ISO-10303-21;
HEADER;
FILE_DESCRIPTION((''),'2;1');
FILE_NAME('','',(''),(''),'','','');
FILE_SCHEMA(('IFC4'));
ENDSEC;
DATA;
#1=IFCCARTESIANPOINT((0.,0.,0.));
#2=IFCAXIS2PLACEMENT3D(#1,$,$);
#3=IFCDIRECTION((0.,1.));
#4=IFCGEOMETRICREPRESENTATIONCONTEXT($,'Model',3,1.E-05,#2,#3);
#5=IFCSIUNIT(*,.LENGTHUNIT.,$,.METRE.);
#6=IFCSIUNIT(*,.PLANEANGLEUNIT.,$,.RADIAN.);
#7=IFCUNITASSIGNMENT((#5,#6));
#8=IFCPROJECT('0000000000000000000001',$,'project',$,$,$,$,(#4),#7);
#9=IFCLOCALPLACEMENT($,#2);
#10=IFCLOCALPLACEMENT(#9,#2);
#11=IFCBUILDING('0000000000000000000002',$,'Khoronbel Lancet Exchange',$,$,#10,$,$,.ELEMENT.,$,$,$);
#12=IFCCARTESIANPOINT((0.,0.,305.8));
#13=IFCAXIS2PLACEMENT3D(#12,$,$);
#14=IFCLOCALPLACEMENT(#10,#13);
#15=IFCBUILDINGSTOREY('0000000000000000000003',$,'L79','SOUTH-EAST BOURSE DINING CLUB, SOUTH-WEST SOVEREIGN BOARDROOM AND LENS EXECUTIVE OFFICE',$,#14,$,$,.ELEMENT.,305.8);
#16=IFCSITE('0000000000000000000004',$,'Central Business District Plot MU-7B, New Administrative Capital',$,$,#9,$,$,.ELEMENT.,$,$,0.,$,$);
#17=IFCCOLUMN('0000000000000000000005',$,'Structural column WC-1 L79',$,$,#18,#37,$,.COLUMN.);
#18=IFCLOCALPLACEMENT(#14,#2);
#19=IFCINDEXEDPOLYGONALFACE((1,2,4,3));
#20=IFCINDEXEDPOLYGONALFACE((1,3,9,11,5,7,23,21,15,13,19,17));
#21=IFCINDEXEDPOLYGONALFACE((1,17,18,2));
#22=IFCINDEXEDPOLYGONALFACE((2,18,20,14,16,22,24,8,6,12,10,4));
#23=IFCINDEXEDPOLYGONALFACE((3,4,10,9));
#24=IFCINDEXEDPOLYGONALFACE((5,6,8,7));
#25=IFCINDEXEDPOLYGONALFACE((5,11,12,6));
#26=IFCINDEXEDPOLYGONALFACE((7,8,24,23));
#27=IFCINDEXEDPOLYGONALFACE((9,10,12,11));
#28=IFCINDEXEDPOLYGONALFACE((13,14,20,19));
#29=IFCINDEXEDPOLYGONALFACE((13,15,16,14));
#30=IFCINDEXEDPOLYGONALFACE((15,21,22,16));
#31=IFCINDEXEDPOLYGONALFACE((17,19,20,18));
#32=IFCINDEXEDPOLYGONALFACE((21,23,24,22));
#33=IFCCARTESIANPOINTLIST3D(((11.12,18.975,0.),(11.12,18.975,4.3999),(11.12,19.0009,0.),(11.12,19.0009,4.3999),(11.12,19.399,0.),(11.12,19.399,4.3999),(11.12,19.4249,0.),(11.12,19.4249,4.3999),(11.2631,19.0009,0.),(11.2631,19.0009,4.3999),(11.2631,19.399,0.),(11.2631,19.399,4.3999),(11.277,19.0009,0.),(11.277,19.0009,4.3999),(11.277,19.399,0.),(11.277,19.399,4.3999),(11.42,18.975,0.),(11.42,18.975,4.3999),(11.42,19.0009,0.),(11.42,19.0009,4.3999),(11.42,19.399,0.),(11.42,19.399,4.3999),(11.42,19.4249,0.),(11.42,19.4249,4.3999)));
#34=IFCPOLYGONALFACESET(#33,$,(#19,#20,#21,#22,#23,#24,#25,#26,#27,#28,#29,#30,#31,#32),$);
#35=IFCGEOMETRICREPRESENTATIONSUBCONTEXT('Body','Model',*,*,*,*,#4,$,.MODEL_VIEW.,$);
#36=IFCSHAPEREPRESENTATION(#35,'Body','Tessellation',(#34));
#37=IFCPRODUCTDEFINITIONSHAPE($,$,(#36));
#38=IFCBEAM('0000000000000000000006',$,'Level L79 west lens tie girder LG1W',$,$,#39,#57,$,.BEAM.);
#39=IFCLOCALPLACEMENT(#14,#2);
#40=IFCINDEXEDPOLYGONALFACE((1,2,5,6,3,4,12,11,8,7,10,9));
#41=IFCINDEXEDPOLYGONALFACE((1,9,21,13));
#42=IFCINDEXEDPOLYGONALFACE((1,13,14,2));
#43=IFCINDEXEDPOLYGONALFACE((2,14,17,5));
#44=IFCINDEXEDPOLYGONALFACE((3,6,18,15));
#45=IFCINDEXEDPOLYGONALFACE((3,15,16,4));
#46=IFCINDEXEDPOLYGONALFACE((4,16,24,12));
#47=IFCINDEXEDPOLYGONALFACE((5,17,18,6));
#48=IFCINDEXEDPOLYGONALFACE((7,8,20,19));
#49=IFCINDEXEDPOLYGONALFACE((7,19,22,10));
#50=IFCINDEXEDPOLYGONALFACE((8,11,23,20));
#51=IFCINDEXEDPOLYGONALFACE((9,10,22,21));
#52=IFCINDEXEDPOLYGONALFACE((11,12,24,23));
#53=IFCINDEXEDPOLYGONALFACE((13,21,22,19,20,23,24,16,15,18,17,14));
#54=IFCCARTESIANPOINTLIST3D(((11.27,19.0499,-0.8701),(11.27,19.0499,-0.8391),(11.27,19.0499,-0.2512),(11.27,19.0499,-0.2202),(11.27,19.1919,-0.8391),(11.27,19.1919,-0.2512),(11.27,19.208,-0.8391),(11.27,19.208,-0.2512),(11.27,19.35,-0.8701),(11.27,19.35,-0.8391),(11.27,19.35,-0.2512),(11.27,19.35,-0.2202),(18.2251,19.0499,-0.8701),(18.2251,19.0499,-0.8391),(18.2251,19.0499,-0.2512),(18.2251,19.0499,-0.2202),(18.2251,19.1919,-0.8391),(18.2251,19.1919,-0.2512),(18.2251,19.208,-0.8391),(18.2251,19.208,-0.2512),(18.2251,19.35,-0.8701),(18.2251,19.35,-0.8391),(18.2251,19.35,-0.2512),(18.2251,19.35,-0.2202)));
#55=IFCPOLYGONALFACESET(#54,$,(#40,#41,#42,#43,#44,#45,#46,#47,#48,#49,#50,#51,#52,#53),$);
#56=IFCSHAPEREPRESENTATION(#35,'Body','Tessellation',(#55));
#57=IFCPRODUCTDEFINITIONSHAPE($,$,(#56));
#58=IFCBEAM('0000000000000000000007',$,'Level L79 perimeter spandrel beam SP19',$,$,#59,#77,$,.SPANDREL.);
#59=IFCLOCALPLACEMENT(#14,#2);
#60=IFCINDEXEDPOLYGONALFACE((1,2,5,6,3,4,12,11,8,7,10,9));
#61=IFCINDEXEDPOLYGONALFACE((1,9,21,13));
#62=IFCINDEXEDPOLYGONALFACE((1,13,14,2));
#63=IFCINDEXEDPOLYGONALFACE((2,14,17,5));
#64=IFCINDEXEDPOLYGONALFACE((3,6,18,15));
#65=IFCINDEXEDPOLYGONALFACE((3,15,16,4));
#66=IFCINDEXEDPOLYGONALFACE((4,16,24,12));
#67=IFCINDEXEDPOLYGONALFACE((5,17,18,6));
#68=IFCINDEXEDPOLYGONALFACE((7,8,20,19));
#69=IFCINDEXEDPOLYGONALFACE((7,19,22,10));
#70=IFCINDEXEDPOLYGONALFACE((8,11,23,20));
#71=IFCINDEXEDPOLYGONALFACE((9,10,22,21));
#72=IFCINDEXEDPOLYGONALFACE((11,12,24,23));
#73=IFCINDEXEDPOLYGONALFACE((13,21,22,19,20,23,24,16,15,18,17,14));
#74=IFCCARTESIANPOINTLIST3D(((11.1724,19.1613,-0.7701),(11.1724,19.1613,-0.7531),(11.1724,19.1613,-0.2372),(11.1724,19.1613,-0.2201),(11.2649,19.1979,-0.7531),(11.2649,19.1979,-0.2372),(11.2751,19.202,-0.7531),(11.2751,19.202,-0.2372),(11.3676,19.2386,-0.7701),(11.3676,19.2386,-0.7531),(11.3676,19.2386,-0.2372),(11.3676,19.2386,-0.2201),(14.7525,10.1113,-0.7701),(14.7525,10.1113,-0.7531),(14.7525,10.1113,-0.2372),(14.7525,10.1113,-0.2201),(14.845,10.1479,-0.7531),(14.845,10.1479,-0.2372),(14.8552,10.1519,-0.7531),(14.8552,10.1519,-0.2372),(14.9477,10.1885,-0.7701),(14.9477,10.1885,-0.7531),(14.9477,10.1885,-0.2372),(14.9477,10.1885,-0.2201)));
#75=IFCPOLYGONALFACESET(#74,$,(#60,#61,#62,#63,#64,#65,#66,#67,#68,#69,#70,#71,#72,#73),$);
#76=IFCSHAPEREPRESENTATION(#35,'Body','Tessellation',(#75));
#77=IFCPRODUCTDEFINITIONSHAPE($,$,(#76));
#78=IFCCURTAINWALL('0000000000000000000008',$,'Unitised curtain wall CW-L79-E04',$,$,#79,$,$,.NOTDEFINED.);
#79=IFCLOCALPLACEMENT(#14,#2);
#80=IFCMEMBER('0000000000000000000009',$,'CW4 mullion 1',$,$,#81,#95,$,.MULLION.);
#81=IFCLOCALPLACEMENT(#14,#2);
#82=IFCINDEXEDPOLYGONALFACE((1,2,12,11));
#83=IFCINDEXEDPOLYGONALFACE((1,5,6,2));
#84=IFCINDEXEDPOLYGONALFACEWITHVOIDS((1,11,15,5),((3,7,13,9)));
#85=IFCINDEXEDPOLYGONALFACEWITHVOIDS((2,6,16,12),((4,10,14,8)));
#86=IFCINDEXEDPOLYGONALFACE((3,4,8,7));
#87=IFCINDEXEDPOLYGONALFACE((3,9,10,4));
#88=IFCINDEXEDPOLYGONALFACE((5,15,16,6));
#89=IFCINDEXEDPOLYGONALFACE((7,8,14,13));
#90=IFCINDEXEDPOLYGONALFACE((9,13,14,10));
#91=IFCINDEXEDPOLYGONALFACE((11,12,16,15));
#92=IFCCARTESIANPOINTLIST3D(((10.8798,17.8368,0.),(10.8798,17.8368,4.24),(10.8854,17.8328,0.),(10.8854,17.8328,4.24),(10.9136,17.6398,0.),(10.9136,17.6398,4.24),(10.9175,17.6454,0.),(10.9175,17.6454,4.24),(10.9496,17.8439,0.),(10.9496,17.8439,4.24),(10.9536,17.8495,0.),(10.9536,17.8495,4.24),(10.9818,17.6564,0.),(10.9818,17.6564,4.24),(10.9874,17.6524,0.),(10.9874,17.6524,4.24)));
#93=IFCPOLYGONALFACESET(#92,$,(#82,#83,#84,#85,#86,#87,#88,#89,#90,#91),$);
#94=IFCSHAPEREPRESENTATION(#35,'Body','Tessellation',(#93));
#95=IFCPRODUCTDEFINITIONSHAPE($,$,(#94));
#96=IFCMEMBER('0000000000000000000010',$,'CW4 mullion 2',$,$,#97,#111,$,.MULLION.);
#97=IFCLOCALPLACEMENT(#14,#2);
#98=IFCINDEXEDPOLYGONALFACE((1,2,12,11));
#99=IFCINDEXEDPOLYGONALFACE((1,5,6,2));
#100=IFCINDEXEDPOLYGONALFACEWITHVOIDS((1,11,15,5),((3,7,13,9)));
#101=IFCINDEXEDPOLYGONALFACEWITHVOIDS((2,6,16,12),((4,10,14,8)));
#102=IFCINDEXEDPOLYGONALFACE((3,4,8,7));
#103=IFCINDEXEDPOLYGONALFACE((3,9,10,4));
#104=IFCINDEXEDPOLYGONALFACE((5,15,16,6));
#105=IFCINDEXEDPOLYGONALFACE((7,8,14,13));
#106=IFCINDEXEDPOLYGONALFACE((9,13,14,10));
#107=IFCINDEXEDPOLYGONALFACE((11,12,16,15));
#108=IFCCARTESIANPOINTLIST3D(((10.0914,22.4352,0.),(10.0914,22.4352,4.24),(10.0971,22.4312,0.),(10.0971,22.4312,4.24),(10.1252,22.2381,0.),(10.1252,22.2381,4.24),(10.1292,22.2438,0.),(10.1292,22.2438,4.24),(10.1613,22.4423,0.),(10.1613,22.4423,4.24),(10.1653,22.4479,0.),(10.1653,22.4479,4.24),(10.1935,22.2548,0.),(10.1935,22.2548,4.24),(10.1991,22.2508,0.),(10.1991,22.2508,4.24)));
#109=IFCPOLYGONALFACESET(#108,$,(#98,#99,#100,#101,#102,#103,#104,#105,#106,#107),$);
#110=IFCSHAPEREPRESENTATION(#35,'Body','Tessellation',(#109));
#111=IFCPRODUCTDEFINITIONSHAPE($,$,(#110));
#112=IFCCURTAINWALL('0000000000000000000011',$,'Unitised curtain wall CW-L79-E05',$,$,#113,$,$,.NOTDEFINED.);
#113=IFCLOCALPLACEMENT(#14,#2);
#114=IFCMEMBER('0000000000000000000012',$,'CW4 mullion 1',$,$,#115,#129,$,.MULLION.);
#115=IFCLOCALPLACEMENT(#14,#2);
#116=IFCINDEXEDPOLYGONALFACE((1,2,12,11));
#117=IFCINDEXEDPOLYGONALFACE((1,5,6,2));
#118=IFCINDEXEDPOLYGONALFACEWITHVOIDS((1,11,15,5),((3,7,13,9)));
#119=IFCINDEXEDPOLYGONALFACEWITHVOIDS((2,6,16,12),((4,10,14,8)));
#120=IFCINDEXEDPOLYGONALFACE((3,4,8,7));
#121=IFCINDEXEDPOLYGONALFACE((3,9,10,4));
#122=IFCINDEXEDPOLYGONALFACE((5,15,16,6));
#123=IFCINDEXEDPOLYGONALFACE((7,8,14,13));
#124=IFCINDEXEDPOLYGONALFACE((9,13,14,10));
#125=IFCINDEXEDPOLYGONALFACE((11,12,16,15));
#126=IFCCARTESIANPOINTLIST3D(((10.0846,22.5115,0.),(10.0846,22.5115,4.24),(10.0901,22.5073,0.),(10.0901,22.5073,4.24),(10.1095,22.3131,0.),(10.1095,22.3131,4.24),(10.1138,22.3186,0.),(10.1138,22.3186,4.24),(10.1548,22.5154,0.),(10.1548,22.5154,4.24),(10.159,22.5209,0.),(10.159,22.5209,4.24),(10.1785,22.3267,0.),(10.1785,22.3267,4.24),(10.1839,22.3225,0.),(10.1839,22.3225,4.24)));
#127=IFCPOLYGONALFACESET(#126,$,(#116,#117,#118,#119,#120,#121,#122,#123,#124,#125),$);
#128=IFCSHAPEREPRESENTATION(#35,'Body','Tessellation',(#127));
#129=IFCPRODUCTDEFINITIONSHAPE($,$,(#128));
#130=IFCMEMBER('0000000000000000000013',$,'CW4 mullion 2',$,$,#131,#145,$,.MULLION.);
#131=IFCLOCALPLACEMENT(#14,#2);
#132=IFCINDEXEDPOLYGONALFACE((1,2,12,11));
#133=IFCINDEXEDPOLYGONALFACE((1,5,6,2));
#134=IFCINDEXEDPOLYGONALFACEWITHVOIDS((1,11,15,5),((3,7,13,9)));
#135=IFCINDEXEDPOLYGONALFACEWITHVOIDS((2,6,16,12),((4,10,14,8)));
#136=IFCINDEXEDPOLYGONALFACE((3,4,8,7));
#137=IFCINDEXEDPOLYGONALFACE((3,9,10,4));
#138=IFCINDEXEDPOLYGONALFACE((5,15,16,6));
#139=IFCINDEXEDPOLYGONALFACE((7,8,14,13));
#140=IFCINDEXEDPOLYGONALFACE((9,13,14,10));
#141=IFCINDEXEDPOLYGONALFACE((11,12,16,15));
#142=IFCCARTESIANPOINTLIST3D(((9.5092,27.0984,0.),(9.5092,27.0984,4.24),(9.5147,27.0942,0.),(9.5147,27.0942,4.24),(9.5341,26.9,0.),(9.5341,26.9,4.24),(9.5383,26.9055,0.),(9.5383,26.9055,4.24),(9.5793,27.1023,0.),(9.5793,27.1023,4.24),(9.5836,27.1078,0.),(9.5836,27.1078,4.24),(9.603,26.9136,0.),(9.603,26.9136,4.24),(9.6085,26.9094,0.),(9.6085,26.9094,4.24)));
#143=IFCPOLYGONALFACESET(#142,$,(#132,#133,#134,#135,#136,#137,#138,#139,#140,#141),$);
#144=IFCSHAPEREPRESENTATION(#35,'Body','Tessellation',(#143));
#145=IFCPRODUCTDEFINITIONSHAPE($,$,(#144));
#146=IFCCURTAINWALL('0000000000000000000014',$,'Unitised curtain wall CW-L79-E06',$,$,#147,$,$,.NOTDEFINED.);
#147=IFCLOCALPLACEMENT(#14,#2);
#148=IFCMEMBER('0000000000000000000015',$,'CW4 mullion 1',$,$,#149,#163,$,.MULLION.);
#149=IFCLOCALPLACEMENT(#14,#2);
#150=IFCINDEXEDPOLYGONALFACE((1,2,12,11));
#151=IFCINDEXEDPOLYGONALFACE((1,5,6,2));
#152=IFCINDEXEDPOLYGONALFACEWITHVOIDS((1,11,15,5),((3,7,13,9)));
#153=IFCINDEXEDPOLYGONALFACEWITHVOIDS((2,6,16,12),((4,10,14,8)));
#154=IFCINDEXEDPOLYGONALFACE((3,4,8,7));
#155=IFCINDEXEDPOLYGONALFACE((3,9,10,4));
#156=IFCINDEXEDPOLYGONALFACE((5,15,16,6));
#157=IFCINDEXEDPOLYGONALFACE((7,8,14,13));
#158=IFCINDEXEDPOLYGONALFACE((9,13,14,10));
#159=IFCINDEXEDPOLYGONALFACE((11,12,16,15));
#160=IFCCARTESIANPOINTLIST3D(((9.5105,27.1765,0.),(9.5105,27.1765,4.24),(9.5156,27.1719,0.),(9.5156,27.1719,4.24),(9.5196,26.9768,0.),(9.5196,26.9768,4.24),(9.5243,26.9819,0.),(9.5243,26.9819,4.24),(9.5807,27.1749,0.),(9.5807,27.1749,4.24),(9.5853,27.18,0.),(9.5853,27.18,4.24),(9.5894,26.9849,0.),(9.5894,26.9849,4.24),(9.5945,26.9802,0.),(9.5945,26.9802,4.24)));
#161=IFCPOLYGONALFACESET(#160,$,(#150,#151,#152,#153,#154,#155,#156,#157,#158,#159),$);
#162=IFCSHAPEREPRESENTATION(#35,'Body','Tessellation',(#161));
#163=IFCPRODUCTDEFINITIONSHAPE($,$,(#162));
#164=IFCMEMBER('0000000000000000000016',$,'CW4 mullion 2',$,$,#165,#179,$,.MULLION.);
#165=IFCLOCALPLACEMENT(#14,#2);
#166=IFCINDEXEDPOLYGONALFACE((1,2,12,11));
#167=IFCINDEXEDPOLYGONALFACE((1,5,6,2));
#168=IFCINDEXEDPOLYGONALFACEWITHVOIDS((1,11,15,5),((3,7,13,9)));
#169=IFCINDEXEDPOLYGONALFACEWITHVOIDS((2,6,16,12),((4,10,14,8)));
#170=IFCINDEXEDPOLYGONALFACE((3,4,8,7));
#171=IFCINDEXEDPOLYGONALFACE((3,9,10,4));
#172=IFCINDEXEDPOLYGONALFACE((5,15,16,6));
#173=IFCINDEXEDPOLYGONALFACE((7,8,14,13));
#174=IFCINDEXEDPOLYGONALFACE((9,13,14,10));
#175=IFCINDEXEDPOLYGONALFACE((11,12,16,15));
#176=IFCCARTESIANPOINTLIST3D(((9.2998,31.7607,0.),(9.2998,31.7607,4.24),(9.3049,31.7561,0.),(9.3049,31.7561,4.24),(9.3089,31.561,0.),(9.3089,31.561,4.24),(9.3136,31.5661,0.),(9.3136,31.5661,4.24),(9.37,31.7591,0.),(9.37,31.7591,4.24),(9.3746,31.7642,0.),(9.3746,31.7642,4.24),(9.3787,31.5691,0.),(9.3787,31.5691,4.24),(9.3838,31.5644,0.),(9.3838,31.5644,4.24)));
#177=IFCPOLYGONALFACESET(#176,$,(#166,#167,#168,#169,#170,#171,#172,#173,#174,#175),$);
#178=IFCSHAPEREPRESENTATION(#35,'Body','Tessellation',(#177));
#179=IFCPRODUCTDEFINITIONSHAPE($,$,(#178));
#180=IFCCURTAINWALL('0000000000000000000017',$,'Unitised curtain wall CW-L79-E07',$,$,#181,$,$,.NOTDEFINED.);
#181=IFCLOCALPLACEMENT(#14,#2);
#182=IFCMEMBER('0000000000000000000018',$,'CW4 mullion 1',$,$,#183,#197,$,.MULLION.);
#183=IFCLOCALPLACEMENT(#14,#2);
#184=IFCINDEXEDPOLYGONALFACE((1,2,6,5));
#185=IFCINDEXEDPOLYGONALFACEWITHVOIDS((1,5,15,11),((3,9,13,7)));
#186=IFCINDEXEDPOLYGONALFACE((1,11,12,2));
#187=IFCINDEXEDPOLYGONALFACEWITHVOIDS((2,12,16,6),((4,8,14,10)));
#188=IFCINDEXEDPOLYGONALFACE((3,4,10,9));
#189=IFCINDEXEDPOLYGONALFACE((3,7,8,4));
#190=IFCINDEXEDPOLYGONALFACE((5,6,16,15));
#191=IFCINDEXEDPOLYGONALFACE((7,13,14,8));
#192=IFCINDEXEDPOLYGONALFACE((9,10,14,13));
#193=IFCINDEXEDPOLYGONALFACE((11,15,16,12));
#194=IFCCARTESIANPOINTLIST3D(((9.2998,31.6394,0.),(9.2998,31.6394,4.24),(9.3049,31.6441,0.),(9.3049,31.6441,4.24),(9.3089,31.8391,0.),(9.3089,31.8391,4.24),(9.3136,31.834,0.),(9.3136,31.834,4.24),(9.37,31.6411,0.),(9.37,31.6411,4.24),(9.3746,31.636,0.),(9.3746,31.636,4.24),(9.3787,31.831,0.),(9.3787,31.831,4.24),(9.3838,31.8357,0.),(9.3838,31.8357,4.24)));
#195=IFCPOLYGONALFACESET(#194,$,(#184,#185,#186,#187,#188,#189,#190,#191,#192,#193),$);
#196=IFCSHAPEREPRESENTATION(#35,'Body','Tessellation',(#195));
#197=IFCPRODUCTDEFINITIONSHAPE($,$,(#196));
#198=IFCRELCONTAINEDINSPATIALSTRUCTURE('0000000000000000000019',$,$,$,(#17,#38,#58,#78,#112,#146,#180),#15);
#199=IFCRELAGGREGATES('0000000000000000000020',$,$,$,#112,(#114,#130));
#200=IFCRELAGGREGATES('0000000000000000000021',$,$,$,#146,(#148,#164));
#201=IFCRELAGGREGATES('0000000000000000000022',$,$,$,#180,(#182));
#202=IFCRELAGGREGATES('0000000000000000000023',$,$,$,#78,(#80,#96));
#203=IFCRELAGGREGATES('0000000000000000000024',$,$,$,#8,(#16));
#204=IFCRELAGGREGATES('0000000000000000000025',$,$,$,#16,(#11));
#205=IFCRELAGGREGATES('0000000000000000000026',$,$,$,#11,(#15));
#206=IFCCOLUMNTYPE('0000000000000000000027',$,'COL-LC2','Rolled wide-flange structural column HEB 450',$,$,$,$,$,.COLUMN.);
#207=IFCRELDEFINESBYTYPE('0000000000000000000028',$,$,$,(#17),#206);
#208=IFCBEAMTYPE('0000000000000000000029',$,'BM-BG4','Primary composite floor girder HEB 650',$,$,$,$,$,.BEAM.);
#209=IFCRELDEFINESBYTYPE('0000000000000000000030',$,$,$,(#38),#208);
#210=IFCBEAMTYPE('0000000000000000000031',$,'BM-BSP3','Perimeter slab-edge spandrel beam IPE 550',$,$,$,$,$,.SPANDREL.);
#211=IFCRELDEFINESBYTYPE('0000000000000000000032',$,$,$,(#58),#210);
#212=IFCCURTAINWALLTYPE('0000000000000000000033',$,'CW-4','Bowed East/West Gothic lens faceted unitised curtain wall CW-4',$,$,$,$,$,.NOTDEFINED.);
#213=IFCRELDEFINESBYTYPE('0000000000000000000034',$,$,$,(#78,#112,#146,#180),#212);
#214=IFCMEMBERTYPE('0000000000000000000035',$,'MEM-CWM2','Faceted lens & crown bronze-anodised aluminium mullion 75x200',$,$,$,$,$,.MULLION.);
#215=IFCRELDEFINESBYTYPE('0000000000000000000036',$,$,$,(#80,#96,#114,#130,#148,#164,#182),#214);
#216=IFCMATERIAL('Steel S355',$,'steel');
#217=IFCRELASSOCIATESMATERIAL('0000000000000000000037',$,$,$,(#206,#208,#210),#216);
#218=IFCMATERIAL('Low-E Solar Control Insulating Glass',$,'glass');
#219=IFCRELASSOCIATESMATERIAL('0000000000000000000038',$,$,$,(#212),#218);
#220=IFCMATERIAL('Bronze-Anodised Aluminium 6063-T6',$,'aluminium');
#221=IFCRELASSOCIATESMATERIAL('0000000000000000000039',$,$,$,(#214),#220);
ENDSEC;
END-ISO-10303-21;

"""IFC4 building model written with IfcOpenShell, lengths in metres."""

from ifc_helpers import new_model, si_unit, direction, frame, origin, origin_2d, place, context, subcontext, project, spatial, hollow_rectangle, i_section, extrude, material, material_profile, profile_set, type_object, element, aggregate, save


model = new_model("IFC4")

# Units and contexts
model_context = context("Model", 3, precision=1e-05, world=origin(), true_north=direction((0.0, 1.0)))
body_context = subcontext(model_context, "Body", "Model", "MODEL_VIEW")
ifc_project = project(units=[si_unit("LENGTHUNIT", "METRE"), si_unit("PLANEANGLEUNIT", "RADIAN")], contexts=[model_context])

# Site, building, storey
site_placement = place(None, origin())
site = spatial("IfcSite", under=ifc_project, at=site_placement, Name="Central Business District Plot MU-7B, New Administrative Capital", CompositionType="ELEMENT", RefElevation=0.0)
building_placement = place(site_placement, origin())
building = spatial("IfcBuilding", under=site, at=building_placement, Name="Khoronbel Lancet Exchange", CompositionType="ELEMENT")
storey_placement = place(building_placement, frame((0.0, 0.0, 305.8)))
storey = spatial("IfcBuildingStorey", under=building, at=storey_placement, Name="L79", Description="SOUTH-EAST BOURSE DINING CLUB, SOUTH-WEST SOVEREIGN BOARDROOM AND LENS EXECUTIVE OFFICE", CompositionType="ELEMENT", Elevation=305.8)

# Column
ifc_material_1 = material(Name="Steel S355", Category="steel")
ifc_material_profile_1 = material_profile(ifc_material_1, i_section(OverallWidth=0.3, OverallDepth=0.45, WebThickness=0.0139, FlangeThickness=0.0259, at=origin_2d()), Name="HEB 450")
ifc_profile_set_1 = profile_set([ifc_material_profile_1], Name="Steel S355")
column_type = type_object("IfcColumnType", Name="COL-LC2", Description="Rolled wide-flange structural column HEB 450", PredefinedType="COLUMN", material=ifc_profile_set_1)
column_placement = place(storey_placement, frame((11.27, 19.2, 0.0), z_axis=(0.0, 0.0, 1.0), x_axis=(1.0, 0.0, 0.0)))
element("IfcColumn", 1, at=column_placement, inside=storey, type_object=column_type, Name="Structural column WC-1 L79", PredefinedType="COLUMN", context=body_context, shape_type="SweptSolid", body=[
    extrude(i_section(OverallWidth=0.3, OverallDepth=0.45, WebThickness=0.0139, FlangeThickness=0.0259, at=origin_2d()), origin(), (0.0, 0.0, 1.0), 4.3999),
])

# Beams
ifc_material_profile_2 = material_profile(ifc_material_1, i_section(OverallWidth=0.3, OverallDepth=0.6499, WebThickness=0.0161, FlangeThickness=0.031, at=origin_2d()), Name="HEB 650")
ifc_profile_set_2 = profile_set([ifc_material_profile_2], Name="Steel S355")
beam_type_1 = type_object("IfcBeamType", Name="BM-BG4", Description="Primary composite floor girder HEB 650", PredefinedType="BEAM", material=ifc_profile_set_2)
beam_1_placement = place(storey_placement, frame((11.27, 19.2, -0.5452), z_axis=(1.0, 0.0, 0.0), x_axis=(0.0, 1.0, 0.0)))
element("IfcBeam", 2, at=beam_1_placement, inside=storey, type_object=beam_type_1, Name="Level L79 west lens tie girder LG1W", PredefinedType="BEAM", context=body_context, shape_type="SweptSolid", body=[
    extrude(i_section(OverallWidth=0.3, OverallDepth=0.6499, WebThickness=0.0161, FlangeThickness=0.031, at=origin_2d()), origin(), (0.0, 0.0, 1.0), 6.9551),
])
ifc_material_profile_3 = material_profile(ifc_material_1, i_section(OverallWidth=0.21, OverallDepth=0.55, WebThickness=0.011, FlangeThickness=0.0171, at=origin_2d()), Name="IPE 550")
ifc_profile_set_3 = profile_set([ifc_material_profile_3], Name="Steel S355")
beam_type_2 = type_object("IfcBeamType", Name="BM-BSP3", Description="Perimeter slab-edge spandrel beam IPE 550", PredefinedType="SPANDREL", material=ifc_profile_set_3)
beam_2_placement = place(storey_placement, frame((11.27, 19.2, -0.4951), z_axis=(0.36785, -0.929885, 0.0), x_axis=(0.929885, 0.36785, 0.0)))
element("IfcBeam", 3, at=beam_2_placement, inside=storey, type_object=beam_type_2, Name="Level L79 perimeter spandrel beam SP19", PredefinedType="SPANDREL", context=body_context, shape_type="SweptSolid", body=[
    extrude(i_section(OverallWidth=0.21, OverallDepth=0.55, WebThickness=0.011, FlangeThickness=0.0171, at=origin_2d()), origin(), (0.0, 0.0, 1.0), 9.7324),
])

# Curtain walls, members
ifc_material_2 = material(Name="Low-E Solar Control Insulating Glass", Category="glass")
curtain_wall_type = type_object("IfcCurtainWallType", Name="CW-4", Description="Bowed East/West Gothic lens faceted unitised curtain wall CW-4", PredefinedType="NOTDEFINED", material=ifc_material_2)
curtain_wall_1_placement = place(storey_placement, origin())
curtain_wall_1 = element("IfcCurtainWall", 4, at=curtain_wall_1_placement, inside=storey, type_object=curtain_wall_type, Name="Unitised curtain wall CW-L79-E04", PredefinedType="NOTDEFINED")
ifc_material_3 = material(Name="Bronze-Anodised Aluminium 6063-T6", Category="aluminium")
ifc_material_profile_4 = material_profile(ifc_material_3, hollow_rectangle(XDim=0.075, YDim=0.2, WallThickness=0.0049, at=origin_2d()), Name="ALU MULLION 75x200")
ifc_profile_set_4 = profile_set([ifc_material_profile_4], Name="Bronze-Anodised Aluminium 6063-T6")
member_type_1 = type_object("IfcMemberType", Name="MEM-CWM2", Description="Faceted lens & crown bronze-anodised aluminium mullion 75x200", PredefinedType="MULLION", material=ifc_profile_set_4)
member_1_placement = place(storey_placement, frame((10.9336, 17.7446, 0.0), z_axis=(0.0, 0.0, 1.0), x_axis=(-0.98562, -0.168974, 0.0)))
member_1 = element("IfcMember", 5, at=member_1_placement, type_object=member_type_1, Name="CW4 mullion 1", PredefinedType="MULLION", context=body_context, shape_type="SweptSolid", body=[
    extrude(hollow_rectangle(XDim=0.075, YDim=0.2, WallThickness=0.0049, at=origin_2d()), origin(), (0.0, 0.0, 1.0), 4.24),
])
member_2_placement = place(storey_placement, frame((10.1453, 22.343, 0.0), z_axis=(0.0, 0.0, 1.0), x_axis=(-0.98562, -0.168974, 0.0)))
member_2 = element("IfcMember", 6, at=member_2_placement, type_object=member_type_1, Name="CW4 mullion 2", PredefinedType="MULLION", context=body_context, shape_type="SweptSolid", body=[
    extrude(hollow_rectangle(XDim=0.075, YDim=0.2, WallThickness=0.0049, at=origin_2d()), origin(), (0.0, 0.0, 1.0), 4.24),
])
curtain_wall_2_placement = place(storey_placement, origin())
curtain_wall_2 = element("IfcCurtainWall", 7, at=curtain_wall_2_placement, inside=storey, type_object=curtain_wall_type, Name="Unitised curtain wall CW-L79-E05", PredefinedType="NOTDEFINED")
member_3_placement = place(storey_placement, frame((10.1343, 22.417, 0.0), z_axis=(0.0, 0.0, 1.0), x_axis=(-0.992218, -0.124509, 0.0)))
member_3 = element("IfcMember", 8, at=member_3_placement, type_object=member_type_1, Name="CW4 mullion 1", PredefinedType="MULLION", context=body_context, shape_type="SweptSolid", body=[
    extrude(hollow_rectangle(XDim=0.075, YDim=0.2, WallThickness=0.0049, at=origin_2d()), origin(), (0.0, 0.0, 1.0), 4.24),
])
member_4_placement = place(storey_placement, frame((9.5588, 27.0039, 0.0), z_axis=(0.0, 0.0, 1.0), x_axis=(-0.992218, -0.124509, 0.0)))
member_4 = element("IfcMember", 9, at=member_4_placement, type_object=member_type_1, Name="CW4 mullion 2", PredefinedType="MULLION", context=body_context, shape_type="SweptSolid", body=[
    extrude(hollow_rectangle(XDim=0.075, YDim=0.2, WallThickness=0.0049, at=origin_2d()), origin(), (0.0, 0.0, 1.0), 4.24),
])
curtain_wall_3_placement = place(storey_placement, origin())
curtain_wall_3 = element("IfcCurtainWall", 10, at=curtain_wall_3_placement, inside=storey, type_object=curtain_wall_type, Name="Unitised curtain wall CW-L79-E06", PredefinedType="NOTDEFINED")
member_5_placement = place(storey_placement, frame((9.5525, 27.0784, 0.0), z_axis=(0.0, 0.0, 1.0), x_axis=(-0.998947, -0.045884, 0.0)))
member_5 = element("IfcMember", 11, at=member_5_placement, type_object=member_type_1, Name="CW4 mullion 1", PredefinedType="MULLION", context=body_context, shape_type="SweptSolid", body=[
    extrude(hollow_rectangle(XDim=0.075, YDim=0.2, WallThickness=0.0049, at=origin_2d()), origin(), (0.0, 0.0, 1.0), 4.24),
])
member_6_placement = place(storey_placement, frame((9.3418, 31.6626, 0.0), z_axis=(0.0, 0.0, 1.0), x_axis=(-0.998947, -0.045884, 0.0)))
member_6 = element("IfcMember", 12, at=member_6_placement, type_object=member_type_1, Name="CW4 mullion 2", PredefinedType="MULLION", context=body_context, shape_type="SweptSolid", body=[
    extrude(hollow_rectangle(XDim=0.075, YDim=0.2, WallThickness=0.0049, at=origin_2d()), origin(), (0.0, 0.0, 1.0), 4.24),
])

# Curtain wall, member
curtain_wall_4_placement = place(storey_placement, origin())
curtain_wall_4 = element("IfcCurtainWall", 13, at=curtain_wall_4_placement, inside=storey, type_object=curtain_wall_type, Name="Unitised curtain wall CW-L79-E07", PredefinedType="NOTDEFINED")
member_7_placement = place(storey_placement, frame((9.3418, 31.7375, 0.0), z_axis=(0.0, 0.0, 1.0), x_axis=(-0.998947, 0.045884, 0.0)))
member_7 = element("IfcMember", 14, at=member_7_placement, type_object=member_type_1, Name="CW4 mullion 1", PredefinedType="MULLION", context=body_context, shape_type="SweptSolid", body=[
    extrude(hollow_rectangle(XDim=0.075, YDim=0.2, WallThickness=0.0049, at=origin_2d()), origin(), (0.0, 0.0, 1.0), 4.24),
])

aggregate(curtain_wall_2, [member_3, member_4])
aggregate(curtain_wall_3, [member_5, member_6])
aggregate(curtain_wall_4, [member_7])
aggregate(curtain_wall_1, [member_1, member_2])

save(model, "model.ifc")
